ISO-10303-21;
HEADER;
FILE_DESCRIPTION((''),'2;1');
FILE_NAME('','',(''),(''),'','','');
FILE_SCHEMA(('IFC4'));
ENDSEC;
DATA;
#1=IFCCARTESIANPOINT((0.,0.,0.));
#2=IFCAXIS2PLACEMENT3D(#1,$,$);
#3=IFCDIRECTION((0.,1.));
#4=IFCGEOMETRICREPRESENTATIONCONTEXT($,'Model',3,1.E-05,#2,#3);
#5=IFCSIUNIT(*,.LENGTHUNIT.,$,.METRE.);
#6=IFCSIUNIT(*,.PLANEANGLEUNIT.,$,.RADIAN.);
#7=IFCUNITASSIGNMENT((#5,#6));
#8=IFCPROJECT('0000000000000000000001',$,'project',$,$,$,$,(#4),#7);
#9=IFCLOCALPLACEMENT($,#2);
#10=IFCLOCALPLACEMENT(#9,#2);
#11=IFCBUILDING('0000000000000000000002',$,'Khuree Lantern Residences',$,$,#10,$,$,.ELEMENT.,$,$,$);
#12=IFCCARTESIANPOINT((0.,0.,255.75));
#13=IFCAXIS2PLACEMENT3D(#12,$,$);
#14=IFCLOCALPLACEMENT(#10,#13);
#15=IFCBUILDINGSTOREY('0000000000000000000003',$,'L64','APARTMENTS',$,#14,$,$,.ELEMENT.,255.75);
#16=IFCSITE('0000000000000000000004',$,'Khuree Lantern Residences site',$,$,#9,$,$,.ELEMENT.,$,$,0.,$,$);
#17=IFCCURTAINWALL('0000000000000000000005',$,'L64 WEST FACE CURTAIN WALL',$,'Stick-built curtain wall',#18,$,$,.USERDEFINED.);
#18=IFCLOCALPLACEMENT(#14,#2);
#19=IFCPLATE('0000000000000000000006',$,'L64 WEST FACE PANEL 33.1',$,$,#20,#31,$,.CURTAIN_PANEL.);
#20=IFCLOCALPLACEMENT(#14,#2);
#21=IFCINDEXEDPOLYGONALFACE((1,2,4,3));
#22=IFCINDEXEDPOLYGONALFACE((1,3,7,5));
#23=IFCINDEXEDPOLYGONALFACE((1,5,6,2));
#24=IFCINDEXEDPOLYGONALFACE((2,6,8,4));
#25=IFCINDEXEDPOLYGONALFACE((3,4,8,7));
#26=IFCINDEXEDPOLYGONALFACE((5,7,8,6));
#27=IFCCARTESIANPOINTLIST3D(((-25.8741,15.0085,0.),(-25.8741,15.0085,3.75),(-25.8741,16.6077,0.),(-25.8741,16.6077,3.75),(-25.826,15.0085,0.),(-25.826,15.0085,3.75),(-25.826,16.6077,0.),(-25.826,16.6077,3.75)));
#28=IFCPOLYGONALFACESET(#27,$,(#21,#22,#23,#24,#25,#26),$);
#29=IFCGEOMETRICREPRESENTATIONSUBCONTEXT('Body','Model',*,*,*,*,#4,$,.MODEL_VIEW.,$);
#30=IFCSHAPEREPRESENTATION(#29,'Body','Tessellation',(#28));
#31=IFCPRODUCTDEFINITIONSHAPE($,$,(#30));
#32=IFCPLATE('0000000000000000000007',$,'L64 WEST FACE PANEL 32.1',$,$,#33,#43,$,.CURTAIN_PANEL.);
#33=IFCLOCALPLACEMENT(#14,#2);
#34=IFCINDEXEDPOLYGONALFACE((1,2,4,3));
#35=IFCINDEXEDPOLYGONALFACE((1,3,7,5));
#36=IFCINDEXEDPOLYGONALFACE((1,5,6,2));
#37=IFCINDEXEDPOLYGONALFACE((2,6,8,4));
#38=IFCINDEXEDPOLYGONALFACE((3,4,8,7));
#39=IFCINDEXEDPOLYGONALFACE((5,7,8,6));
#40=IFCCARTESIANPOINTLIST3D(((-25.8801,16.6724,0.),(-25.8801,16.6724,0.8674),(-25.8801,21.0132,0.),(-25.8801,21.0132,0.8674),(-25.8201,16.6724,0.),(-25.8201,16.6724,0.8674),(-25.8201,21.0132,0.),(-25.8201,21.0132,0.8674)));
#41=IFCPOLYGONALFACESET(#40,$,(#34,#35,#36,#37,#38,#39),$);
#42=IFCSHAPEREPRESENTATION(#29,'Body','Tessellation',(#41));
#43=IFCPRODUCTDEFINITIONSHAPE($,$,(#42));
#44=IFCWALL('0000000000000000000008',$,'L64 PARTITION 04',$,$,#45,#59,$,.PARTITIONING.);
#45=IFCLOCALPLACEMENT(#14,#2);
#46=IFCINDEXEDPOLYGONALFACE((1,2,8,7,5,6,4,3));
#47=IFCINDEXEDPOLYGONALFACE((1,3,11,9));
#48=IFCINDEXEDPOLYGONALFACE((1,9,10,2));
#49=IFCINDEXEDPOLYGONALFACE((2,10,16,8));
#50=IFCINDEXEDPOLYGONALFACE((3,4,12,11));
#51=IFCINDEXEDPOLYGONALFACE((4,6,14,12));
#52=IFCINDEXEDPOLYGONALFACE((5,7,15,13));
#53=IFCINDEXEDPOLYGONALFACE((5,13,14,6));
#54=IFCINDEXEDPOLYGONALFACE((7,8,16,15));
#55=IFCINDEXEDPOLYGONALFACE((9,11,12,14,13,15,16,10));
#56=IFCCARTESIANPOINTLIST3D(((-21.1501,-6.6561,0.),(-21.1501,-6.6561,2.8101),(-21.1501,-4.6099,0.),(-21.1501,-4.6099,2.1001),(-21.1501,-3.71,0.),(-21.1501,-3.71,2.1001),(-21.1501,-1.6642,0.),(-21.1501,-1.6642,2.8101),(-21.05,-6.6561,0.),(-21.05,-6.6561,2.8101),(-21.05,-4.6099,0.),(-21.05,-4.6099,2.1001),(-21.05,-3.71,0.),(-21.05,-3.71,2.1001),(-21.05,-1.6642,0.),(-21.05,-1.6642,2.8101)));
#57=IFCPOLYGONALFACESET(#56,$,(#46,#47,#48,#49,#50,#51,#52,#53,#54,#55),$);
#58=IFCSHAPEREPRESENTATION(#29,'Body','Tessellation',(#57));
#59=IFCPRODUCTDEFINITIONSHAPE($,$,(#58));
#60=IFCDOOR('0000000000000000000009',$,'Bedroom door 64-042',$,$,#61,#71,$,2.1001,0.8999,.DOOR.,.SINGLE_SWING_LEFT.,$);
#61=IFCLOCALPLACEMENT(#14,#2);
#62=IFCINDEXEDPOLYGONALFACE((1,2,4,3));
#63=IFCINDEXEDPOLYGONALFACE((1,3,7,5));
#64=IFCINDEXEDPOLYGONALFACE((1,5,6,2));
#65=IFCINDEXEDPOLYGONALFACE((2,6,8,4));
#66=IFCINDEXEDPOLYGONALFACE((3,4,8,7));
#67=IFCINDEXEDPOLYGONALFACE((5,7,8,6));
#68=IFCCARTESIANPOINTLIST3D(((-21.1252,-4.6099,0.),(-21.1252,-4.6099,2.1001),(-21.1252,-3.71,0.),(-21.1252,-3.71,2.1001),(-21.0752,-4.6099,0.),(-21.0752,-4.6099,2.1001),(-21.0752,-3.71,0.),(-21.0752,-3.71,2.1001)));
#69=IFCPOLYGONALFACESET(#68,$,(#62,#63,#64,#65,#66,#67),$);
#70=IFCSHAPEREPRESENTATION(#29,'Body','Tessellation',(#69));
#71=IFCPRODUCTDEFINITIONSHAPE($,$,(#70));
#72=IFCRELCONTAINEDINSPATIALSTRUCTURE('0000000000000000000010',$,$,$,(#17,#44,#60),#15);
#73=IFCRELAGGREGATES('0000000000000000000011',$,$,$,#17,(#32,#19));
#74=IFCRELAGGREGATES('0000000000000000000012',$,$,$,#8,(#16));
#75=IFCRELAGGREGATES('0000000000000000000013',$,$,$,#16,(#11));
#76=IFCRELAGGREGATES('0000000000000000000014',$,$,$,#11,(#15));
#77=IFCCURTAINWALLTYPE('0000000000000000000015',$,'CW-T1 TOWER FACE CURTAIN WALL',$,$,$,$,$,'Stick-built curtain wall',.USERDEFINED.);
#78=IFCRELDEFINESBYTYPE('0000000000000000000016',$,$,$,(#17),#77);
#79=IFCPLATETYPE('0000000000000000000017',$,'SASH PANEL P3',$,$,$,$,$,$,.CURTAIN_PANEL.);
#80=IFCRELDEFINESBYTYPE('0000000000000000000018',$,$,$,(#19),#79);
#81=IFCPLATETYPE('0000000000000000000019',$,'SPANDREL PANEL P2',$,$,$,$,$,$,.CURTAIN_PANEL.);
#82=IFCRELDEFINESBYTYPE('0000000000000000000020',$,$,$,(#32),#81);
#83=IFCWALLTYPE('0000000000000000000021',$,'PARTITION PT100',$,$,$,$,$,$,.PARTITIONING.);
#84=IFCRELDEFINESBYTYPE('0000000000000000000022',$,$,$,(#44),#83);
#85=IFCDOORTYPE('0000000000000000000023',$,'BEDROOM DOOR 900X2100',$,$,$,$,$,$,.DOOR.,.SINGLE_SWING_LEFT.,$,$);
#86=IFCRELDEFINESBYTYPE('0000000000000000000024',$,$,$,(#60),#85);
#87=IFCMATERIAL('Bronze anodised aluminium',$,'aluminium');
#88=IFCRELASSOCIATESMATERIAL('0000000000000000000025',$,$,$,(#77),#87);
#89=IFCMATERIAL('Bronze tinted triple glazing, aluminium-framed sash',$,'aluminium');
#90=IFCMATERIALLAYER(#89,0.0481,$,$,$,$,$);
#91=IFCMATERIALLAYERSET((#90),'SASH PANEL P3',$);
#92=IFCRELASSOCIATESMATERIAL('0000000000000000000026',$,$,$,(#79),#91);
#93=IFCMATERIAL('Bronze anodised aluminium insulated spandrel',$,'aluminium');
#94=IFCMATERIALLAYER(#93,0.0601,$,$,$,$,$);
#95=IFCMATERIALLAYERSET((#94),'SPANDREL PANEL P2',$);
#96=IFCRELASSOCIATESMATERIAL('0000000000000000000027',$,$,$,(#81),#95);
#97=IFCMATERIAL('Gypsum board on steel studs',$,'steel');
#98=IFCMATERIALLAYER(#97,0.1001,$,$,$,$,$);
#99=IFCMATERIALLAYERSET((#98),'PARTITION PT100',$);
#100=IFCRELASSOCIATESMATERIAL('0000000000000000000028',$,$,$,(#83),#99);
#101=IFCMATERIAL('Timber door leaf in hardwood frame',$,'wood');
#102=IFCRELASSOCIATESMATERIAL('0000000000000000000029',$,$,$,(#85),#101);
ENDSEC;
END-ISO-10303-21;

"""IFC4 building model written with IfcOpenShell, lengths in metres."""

from ifc_helpers import new_model, si_unit, direction, frame, frame_2d, origin, origin_2d, place, context, subcontext, project, spatial, rectangle, extrude, material, layer, layer_set, type_object, element, fill, aggregate, save


model = new_model("IFC4")

# Units and contexts
model_context = context("Model", 3, precision=1e-05, world=origin(), true_north=direction((0.0, 1.0)))
body_context = subcontext(model_context, "Body", "Model", "MODEL_VIEW")
ifc_project = project(units=[si_unit("LENGTHUNIT", "METRE"), si_unit("PLANEANGLEUNIT", "RADIAN")], contexts=[model_context])

# Site, building, storey
site_placement = place(None, origin())
site = spatial("IfcSite", under=ifc_project, at=site_placement, Name="Khuree Lantern Residences site", CompositionType="ELEMENT", RefElevation=0.0)
building_placement = place(site_placement, origin())
building = spatial("IfcBuilding", under=site, at=building_placement, Name="Khuree Lantern Residences", CompositionType="ELEMENT")
storey_placement = place(building_placement, frame((0.0, 0.0, 255.75)))
storey = spatial("IfcBuildingStorey", under=building, at=storey_placement, Name="L64", Description="APARTMENTS", CompositionType="ELEMENT", Elevation=255.75)

# Curtain wall
ifc_material_1 = material(Name="Bronze anodised aluminium", Category="aluminium")
curtain_wall_type = type_object("IfcCurtainWallType", Name="CW-T1 TOWER FACE CURTAIN WALL", ElementType="Stick-built curtain wall", PredefinedType="USERDEFINED", material=ifc_material_1)
curtain_wall_placement = place(storey_placement, origin())
curtain_wall = element("IfcCurtainWall", 1, at=curtain_wall_placement, inside=storey, type_object=curtain_wall_type, Name="L64 WEST FACE CURTAIN WALL", ObjectType="Stick-built curtain wall", PredefinedType="USERDEFINED")

# Plates
ifc_material_2 = material(Name="Bronze tinted triple glazing, aluminium-framed sash", Category="aluminium")
ifc_layer_1 = layer(ifc_material_2, 0.0481)
ifc_layer_set_1 = layer_set([ifc_layer_1], Name="SASH PANEL P3")
plate_type_1 = type_object("IfcPlateType", Name="SASH PANEL P3", PredefinedType="CURTAIN_PANEL", material=ifc_layer_set_1)
plate_1_placement = place(storey_placement, frame((-25.8501, 15.8081, 0.0), z_axis=(0.0, 0.0, 1.0), x_axis=(0.0, -1.0, 0.0)))
plate_1 = element("IfcPlate", 2, at=plate_1_placement, type_object=plate_type_1, Name="L64 WEST FACE PANEL 33.1", PredefinedType="CURTAIN_PANEL", context=body_context, shape_type="SweptSolid", body=[
    extrude(rectangle(XDim=1.5991, YDim=0.0481, at=origin_2d()), origin(), (0.0, 0.0, 1.0), 3.75),
])
ifc_material_3 = material(Name="Bronze anodised aluminium insulated spandrel", Category="aluminium")
ifc_layer_2 = layer(ifc_material_3, 0.0601)
ifc_layer_set_2 = layer_set([ifc_layer_2], Name="SPANDREL PANEL P2")
plate_type_2 = type_object("IfcPlateType", Name="SPANDREL PANEL P2", PredefinedType="CURTAIN_PANEL", material=ifc_layer_set_2)
plate_2_placement = place(storey_placement, frame((-25.8501, 18.8428, 0.0), z_axis=(0.0, 0.0, 1.0), x_axis=(0.0, -1.0, 0.0)))
plate_2 = element("IfcPlate", 3, at=plate_2_placement, type_object=plate_type_2, Name="L64 WEST FACE PANEL 32.1", PredefinedType="CURTAIN_PANEL", context=body_context, shape_type="SweptSolid", body=[
    extrude(rectangle(XDim=4.3408, YDim=0.0601, at=origin_2d()), origin(), (0.0, 0.0, 1.0), 0.8674),
])
aggregate(curtain_wall, [plate_2, plate_1])

# Wall, opening, door
ifc_material_4 = material(Name="Gypsum board on steel studs", Category="steel")
ifc_layer_3 = layer(ifc_material_4, 0.1001)
ifc_layer_set_3 = layer_set([ifc_layer_3], Name="PARTITION PT100")
wall_type = type_object("IfcWallType", Name="PARTITION PT100", PredefinedType="PARTITIONING", material=ifc_layer_set_3)
wall_placement = place(storey_placement, frame((-21.1001, -1.6641, 0.0), z_axis=(0.0, 0.0, 1.0), x_axis=(0.0, -1.0, 0.0)))
wall = element("IfcWall", 4, at=wall_placement, inside=storey, type_object=wall_type, Name="L64 PARTITION 04", PredefinedType="PARTITIONING", context=body_context, shape_type="SweptSolid", body=[
    extrude(rectangle(XDim=4.9919, YDim=0.1001, at=frame_2d((2.4961, 0.0))), origin(), (0.0, 0.0, 1.0), 2.8101),
])
opening_placement = place(wall_placement, frame((2.0459, 0.0, 0.0)))
opening = element("IfcOpeningElement", 5, at=opening_placement, cuts=wall, PredefinedType="OPENING", context=body_context, shape_type="SweptSolid", body=[
    extrude(rectangle(XDim=0.8999, YDim=2.1001, at=frame_2d((0.45, 1.05))), frame((0.0, 0.0601, 0.0), z_axis=(0.0, -1.0, 0.0), x_axis=(1.0, 0.0, 0.0)), (0.0, 0.0, 1.0), 0.1201),
])
ifc_material_5 = material(Name="Timber door leaf in hardwood frame", Category="wood")
door_type = type_object("IfcDoorType", Name="BEDROOM DOOR 900X2100", OperationType="SINGLE_SWING_LEFT", PredefinedType="DOOR", material=ifc_material_5)
door_placement = place(opening_placement, origin())
door = element("IfcDoor", 6, at=door_placement, inside=storey, type_object=door_type, Name="Bedroom door 64-042", OperationType="SINGLE_SWING_LEFT", OverallHeight=2.1001, OverallWidth=0.8999, PredefinedType="DOOR", context=body_context, shape_type="SweptSolid", body=[
    extrude(rectangle(XDim=0.8999, YDim=2.1001, at=frame_2d((0.45, 1.05))), frame((0.0, 0.0249, 0.0), z_axis=(0.0, -1.0, 0.0), x_axis=(1.0, 0.0, 0.0)), (0.0, 0.0, 1.0), 0.05),
])
fill(opening, door)

save(model, "model.ifc")
